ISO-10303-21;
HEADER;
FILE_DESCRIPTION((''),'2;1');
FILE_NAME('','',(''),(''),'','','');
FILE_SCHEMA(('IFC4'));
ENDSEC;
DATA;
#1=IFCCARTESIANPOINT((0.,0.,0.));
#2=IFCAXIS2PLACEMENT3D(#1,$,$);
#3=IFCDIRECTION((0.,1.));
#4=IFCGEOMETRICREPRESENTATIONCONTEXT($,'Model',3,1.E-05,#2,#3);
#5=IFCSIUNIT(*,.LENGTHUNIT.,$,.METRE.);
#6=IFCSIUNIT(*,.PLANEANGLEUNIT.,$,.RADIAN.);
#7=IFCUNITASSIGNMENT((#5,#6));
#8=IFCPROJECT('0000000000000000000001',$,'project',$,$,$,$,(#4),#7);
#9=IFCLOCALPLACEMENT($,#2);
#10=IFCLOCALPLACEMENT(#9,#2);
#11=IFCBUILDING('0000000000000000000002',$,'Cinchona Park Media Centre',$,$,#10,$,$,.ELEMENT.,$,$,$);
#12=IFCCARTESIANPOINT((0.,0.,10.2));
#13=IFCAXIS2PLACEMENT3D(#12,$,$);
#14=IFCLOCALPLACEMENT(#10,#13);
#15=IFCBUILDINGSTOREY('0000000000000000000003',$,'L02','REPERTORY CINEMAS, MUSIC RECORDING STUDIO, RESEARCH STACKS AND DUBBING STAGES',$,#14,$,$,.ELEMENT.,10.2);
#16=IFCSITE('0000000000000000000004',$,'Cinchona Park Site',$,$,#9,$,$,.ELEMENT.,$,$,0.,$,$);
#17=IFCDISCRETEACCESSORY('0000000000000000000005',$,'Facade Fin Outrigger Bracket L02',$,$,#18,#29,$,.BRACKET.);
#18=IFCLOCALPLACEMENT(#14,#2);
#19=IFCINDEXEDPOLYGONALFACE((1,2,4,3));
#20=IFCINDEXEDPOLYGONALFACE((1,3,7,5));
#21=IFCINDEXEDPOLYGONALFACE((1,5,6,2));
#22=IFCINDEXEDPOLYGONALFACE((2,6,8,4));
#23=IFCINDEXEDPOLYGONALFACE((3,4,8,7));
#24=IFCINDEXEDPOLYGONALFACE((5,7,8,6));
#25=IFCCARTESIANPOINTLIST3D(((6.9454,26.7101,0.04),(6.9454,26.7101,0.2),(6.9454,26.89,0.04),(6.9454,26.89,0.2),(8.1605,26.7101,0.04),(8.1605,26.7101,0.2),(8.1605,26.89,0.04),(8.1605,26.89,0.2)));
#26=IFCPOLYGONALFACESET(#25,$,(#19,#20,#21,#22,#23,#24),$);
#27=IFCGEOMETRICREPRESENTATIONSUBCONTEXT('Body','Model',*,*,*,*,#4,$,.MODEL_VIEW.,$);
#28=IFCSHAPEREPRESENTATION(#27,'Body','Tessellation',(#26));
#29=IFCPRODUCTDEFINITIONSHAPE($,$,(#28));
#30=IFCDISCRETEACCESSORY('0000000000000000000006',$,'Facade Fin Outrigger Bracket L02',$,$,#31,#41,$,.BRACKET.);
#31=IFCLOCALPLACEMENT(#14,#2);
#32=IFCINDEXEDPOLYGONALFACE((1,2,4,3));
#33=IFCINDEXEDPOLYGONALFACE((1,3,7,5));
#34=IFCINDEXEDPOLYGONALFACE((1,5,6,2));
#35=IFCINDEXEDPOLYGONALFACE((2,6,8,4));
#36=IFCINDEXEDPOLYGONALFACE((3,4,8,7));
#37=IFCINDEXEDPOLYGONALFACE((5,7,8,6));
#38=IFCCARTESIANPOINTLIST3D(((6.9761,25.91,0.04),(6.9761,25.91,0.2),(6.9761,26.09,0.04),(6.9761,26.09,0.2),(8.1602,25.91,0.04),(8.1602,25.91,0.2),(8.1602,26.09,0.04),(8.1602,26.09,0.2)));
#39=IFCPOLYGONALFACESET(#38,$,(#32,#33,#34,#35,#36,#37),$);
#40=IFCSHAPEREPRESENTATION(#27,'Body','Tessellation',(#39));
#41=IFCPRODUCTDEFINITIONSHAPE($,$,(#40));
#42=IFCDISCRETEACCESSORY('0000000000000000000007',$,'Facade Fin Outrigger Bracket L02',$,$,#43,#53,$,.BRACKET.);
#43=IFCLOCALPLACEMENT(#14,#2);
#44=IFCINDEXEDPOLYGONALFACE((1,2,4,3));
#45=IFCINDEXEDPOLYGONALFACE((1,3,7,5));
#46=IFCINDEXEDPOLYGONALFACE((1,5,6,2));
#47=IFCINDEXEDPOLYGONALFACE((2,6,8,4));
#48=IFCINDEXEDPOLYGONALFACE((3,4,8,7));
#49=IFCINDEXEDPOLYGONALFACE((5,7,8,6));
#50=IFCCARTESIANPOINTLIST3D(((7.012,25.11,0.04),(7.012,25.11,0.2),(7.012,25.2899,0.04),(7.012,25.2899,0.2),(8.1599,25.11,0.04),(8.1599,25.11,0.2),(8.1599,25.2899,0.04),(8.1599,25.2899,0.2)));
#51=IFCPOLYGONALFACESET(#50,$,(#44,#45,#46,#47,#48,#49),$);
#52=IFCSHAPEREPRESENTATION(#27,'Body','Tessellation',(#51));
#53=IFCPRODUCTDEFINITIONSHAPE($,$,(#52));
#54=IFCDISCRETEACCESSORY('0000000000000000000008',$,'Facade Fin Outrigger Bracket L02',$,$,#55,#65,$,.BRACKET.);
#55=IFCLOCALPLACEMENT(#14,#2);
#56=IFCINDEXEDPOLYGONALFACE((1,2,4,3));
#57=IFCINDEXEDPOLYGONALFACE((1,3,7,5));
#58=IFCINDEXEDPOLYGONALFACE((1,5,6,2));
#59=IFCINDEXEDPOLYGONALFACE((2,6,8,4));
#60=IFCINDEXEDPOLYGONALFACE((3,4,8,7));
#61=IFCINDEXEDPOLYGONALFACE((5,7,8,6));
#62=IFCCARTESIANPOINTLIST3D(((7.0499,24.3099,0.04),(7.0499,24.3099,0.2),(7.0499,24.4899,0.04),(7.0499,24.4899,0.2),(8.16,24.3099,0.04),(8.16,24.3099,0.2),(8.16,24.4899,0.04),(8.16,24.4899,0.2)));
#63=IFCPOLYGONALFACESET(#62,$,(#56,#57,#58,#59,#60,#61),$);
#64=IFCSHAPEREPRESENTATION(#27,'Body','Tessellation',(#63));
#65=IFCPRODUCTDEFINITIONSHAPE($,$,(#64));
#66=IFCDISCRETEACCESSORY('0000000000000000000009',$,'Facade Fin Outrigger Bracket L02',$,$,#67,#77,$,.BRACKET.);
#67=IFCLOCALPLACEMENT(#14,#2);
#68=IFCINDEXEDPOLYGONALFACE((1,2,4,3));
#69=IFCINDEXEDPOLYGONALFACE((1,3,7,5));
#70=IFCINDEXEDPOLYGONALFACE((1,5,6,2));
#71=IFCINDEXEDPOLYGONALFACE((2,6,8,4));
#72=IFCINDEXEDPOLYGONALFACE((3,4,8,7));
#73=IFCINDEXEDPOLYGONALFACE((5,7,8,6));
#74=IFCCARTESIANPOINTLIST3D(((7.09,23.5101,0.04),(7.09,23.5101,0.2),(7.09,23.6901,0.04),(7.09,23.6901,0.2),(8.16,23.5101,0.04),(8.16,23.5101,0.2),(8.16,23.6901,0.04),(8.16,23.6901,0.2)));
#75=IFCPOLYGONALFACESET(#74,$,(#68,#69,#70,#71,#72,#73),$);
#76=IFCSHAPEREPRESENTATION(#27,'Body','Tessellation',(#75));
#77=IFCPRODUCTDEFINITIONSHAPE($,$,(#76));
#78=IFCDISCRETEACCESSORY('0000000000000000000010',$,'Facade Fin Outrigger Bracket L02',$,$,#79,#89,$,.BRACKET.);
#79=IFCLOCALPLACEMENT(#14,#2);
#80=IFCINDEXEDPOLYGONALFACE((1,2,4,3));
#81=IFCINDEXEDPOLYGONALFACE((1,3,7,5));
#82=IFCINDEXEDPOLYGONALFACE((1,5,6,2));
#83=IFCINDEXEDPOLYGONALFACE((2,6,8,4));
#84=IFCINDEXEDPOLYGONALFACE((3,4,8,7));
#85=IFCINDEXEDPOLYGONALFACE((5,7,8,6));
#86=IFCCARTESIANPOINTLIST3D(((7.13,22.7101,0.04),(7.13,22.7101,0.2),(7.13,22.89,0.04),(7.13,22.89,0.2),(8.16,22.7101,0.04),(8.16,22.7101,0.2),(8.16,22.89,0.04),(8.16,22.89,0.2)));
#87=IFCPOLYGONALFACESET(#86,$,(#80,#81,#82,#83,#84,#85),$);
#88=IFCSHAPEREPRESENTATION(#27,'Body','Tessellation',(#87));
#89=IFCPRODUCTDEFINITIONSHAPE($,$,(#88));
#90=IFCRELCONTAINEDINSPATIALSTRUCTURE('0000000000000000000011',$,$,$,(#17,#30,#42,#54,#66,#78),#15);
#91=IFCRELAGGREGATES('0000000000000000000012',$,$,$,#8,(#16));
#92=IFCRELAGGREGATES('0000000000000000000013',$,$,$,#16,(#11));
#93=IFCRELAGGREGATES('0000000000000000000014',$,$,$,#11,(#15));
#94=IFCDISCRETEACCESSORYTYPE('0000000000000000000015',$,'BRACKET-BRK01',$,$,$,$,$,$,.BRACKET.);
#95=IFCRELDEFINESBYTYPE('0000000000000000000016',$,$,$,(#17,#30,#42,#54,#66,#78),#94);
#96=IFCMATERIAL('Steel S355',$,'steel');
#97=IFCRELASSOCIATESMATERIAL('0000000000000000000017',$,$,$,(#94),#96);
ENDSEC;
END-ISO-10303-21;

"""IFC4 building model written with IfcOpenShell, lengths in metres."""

from ifc_helpers import new_model, si_unit, direction, frame, origin, origin_2d, place, context, subcontext, project, spatial, rectangle, extrude, material, type_object, element, save


model = new_model("IFC4")

# Units and contexts
model_context = context("Model", 3, precision=1e-05, world=origin(), true_north=direction((0.0, 1.0)))
body_context = subcontext(model_context, "Body", "Model", "MODEL_VIEW")
ifc_project = project(units=[si_unit("LENGTHUNIT", "METRE"), si_unit("PLANEANGLEUNIT", "RADIAN")], contexts=[model_context])

# Site, building, storey
site_placement = place(None, origin())
site = spatial("IfcSite", under=ifc_project, at=site_placement, Name="Cinchona Park Site", CompositionType="ELEMENT", RefElevation=0.0)
building_placement = place(site_placement, origin())
building = spatial("IfcBuilding", under=site, at=building_placement, Name="Cinchona Park Media Centre", CompositionType="ELEMENT")
storey_placement = place(building_placement, frame((0.0, 0.0, 10.2)))
storey = spatial("IfcBuildingStorey", under=building, at=storey_placement, Name="L02", Description="REPERTORY CINEMAS, MUSIC RECORDING STUDIO, RESEARCH STACKS AND DUBBING STAGES", CompositionType="ELEMENT", Elevation=10.2)

# Discrete accessories
ifc_material_1 = material(Name="Steel S355", Category="steel")
discrete_accessory_type = type_object("IfcDiscreteAccessoryType", Name="BRACKET-BRK01", PredefinedType="BRACKET", material=ifc_material_1)
discrete_accessory_1_placement = place(storey_placement, frame((7.553, 26.8, 0.04), z_axis=(0.0, 0.0, 1.0), x_axis=(0.0, -1.0, 0.0)))
element("IfcDiscreteAccessory", 1, at=discrete_accessory_1_placement, inside=storey, type_object=discrete_accessory_type, Name="Facade Fin Outrigger Bracket L02", PredefinedType="BRACKET", context=body_context, shape_type="SweptSolid", body=[
    extrude(rectangle(XDim=0.1799, YDim=1.2151, at=origin_2d()), origin(), (0.0, 0.0, 1.0), 0.1599),
])
discrete_accessory_2_placement = place(storey_placement, frame((7.5681, 26.0, 0.04), z_axis=(0.0, 0.0, 1.0), x_axis=(0.0, -1.0, 0.0)))
element("IfcDiscreteAccessory", 2, at=discrete_accessory_2_placement, inside=storey, type_object=discrete_accessory_type, Name="Facade Fin Outrigger Bracket L02", PredefinedType="BRACKET", context=body_context, shape_type="SweptSolid", body=[
    extrude(rectangle(XDim=0.1799, YDim=1.1841, at=origin_2d()), origin(), (0.0, 0.0, 1.0), 0.1599),
])
discrete_accessory_3_placement = place(storey_placement, frame((7.5859, 25.2, 0.04), z_axis=(0.0, 0.0, 1.0), x_axis=(0.0, -1.0, 0.0)))
element("IfcDiscreteAccessory", 3, at=discrete_accessory_3_placement, inside=storey, type_object=discrete_accessory_type, Name="Facade Fin Outrigger Bracket L02", PredefinedType="BRACKET", context=body_context, shape_type="SweptSolid", body=[
    extrude(rectangle(XDim=0.1799, YDim=1.1479, at=origin_2d()), origin(), (0.0, 0.0, 1.0), 0.1599),
])
discrete_accessory_4_placement = place(storey_placement, frame((7.605, 24.3999, 0.04), z_axis=(0.0, 0.0, 1.0), x_axis=(0.0, -1.0, 0.0)))
element("IfcDiscreteAccessory", 4, at=discrete_accessory_4_placement, inside=storey, type_object=discrete_accessory_type, Name="Facade Fin Outrigger Bracket L02", PredefinedType="BRACKET", context=body_context, shape_type="SweptSolid", body=[
    extrude(rectangle(XDim=0.1799, YDim=1.1101, at=origin_2d()), origin(), (0.0, 0.0, 1.0), 0.1599),
])
discrete_accessory_5_placement = place(storey_placement, frame((7.625, 23.6001, 0.04), z_axis=(0.0, 0.0, 1.0), x_axis=(0.0, -1.0, 0.0)))
element("IfcDiscreteAccessory", 5, at=discrete_accessory_5_placement, inside=storey, type_object=discrete_accessory_type, Name="Facade Fin Outrigger Bracket L02", PredefinedType="BRACKET", context=body_context, shape_type="SweptSolid", body=[
    extrude(rectangle(XDim=0.1799, YDim=1.0701, at=origin_2d()), origin(), (0.0, 0.0, 1.0), 0.1599),
])
discrete_accessory_6_placement = place(storey_placement, frame((7.645, 22.8, 0.04), z_axis=(0.0, 0.0, 1.0), x_axis=(0.0, -1.0, 0.0)))
element("IfcDiscreteAccessory", 6, at=discrete_accessory_6_placement, inside=storey, type_object=discrete_accessory_type, Name="Facade Fin Outrigger Bracket L02", PredefinedType="BRACKET", context=body_context, shape_type="SweptSolid", body=[
    extrude(rectangle(XDim=0.1799, YDim=1.03, at=origin_2d()), origin(), (0.0, 0.0, 1.0), 0.1599),
])

save(model, "model.ifc")
